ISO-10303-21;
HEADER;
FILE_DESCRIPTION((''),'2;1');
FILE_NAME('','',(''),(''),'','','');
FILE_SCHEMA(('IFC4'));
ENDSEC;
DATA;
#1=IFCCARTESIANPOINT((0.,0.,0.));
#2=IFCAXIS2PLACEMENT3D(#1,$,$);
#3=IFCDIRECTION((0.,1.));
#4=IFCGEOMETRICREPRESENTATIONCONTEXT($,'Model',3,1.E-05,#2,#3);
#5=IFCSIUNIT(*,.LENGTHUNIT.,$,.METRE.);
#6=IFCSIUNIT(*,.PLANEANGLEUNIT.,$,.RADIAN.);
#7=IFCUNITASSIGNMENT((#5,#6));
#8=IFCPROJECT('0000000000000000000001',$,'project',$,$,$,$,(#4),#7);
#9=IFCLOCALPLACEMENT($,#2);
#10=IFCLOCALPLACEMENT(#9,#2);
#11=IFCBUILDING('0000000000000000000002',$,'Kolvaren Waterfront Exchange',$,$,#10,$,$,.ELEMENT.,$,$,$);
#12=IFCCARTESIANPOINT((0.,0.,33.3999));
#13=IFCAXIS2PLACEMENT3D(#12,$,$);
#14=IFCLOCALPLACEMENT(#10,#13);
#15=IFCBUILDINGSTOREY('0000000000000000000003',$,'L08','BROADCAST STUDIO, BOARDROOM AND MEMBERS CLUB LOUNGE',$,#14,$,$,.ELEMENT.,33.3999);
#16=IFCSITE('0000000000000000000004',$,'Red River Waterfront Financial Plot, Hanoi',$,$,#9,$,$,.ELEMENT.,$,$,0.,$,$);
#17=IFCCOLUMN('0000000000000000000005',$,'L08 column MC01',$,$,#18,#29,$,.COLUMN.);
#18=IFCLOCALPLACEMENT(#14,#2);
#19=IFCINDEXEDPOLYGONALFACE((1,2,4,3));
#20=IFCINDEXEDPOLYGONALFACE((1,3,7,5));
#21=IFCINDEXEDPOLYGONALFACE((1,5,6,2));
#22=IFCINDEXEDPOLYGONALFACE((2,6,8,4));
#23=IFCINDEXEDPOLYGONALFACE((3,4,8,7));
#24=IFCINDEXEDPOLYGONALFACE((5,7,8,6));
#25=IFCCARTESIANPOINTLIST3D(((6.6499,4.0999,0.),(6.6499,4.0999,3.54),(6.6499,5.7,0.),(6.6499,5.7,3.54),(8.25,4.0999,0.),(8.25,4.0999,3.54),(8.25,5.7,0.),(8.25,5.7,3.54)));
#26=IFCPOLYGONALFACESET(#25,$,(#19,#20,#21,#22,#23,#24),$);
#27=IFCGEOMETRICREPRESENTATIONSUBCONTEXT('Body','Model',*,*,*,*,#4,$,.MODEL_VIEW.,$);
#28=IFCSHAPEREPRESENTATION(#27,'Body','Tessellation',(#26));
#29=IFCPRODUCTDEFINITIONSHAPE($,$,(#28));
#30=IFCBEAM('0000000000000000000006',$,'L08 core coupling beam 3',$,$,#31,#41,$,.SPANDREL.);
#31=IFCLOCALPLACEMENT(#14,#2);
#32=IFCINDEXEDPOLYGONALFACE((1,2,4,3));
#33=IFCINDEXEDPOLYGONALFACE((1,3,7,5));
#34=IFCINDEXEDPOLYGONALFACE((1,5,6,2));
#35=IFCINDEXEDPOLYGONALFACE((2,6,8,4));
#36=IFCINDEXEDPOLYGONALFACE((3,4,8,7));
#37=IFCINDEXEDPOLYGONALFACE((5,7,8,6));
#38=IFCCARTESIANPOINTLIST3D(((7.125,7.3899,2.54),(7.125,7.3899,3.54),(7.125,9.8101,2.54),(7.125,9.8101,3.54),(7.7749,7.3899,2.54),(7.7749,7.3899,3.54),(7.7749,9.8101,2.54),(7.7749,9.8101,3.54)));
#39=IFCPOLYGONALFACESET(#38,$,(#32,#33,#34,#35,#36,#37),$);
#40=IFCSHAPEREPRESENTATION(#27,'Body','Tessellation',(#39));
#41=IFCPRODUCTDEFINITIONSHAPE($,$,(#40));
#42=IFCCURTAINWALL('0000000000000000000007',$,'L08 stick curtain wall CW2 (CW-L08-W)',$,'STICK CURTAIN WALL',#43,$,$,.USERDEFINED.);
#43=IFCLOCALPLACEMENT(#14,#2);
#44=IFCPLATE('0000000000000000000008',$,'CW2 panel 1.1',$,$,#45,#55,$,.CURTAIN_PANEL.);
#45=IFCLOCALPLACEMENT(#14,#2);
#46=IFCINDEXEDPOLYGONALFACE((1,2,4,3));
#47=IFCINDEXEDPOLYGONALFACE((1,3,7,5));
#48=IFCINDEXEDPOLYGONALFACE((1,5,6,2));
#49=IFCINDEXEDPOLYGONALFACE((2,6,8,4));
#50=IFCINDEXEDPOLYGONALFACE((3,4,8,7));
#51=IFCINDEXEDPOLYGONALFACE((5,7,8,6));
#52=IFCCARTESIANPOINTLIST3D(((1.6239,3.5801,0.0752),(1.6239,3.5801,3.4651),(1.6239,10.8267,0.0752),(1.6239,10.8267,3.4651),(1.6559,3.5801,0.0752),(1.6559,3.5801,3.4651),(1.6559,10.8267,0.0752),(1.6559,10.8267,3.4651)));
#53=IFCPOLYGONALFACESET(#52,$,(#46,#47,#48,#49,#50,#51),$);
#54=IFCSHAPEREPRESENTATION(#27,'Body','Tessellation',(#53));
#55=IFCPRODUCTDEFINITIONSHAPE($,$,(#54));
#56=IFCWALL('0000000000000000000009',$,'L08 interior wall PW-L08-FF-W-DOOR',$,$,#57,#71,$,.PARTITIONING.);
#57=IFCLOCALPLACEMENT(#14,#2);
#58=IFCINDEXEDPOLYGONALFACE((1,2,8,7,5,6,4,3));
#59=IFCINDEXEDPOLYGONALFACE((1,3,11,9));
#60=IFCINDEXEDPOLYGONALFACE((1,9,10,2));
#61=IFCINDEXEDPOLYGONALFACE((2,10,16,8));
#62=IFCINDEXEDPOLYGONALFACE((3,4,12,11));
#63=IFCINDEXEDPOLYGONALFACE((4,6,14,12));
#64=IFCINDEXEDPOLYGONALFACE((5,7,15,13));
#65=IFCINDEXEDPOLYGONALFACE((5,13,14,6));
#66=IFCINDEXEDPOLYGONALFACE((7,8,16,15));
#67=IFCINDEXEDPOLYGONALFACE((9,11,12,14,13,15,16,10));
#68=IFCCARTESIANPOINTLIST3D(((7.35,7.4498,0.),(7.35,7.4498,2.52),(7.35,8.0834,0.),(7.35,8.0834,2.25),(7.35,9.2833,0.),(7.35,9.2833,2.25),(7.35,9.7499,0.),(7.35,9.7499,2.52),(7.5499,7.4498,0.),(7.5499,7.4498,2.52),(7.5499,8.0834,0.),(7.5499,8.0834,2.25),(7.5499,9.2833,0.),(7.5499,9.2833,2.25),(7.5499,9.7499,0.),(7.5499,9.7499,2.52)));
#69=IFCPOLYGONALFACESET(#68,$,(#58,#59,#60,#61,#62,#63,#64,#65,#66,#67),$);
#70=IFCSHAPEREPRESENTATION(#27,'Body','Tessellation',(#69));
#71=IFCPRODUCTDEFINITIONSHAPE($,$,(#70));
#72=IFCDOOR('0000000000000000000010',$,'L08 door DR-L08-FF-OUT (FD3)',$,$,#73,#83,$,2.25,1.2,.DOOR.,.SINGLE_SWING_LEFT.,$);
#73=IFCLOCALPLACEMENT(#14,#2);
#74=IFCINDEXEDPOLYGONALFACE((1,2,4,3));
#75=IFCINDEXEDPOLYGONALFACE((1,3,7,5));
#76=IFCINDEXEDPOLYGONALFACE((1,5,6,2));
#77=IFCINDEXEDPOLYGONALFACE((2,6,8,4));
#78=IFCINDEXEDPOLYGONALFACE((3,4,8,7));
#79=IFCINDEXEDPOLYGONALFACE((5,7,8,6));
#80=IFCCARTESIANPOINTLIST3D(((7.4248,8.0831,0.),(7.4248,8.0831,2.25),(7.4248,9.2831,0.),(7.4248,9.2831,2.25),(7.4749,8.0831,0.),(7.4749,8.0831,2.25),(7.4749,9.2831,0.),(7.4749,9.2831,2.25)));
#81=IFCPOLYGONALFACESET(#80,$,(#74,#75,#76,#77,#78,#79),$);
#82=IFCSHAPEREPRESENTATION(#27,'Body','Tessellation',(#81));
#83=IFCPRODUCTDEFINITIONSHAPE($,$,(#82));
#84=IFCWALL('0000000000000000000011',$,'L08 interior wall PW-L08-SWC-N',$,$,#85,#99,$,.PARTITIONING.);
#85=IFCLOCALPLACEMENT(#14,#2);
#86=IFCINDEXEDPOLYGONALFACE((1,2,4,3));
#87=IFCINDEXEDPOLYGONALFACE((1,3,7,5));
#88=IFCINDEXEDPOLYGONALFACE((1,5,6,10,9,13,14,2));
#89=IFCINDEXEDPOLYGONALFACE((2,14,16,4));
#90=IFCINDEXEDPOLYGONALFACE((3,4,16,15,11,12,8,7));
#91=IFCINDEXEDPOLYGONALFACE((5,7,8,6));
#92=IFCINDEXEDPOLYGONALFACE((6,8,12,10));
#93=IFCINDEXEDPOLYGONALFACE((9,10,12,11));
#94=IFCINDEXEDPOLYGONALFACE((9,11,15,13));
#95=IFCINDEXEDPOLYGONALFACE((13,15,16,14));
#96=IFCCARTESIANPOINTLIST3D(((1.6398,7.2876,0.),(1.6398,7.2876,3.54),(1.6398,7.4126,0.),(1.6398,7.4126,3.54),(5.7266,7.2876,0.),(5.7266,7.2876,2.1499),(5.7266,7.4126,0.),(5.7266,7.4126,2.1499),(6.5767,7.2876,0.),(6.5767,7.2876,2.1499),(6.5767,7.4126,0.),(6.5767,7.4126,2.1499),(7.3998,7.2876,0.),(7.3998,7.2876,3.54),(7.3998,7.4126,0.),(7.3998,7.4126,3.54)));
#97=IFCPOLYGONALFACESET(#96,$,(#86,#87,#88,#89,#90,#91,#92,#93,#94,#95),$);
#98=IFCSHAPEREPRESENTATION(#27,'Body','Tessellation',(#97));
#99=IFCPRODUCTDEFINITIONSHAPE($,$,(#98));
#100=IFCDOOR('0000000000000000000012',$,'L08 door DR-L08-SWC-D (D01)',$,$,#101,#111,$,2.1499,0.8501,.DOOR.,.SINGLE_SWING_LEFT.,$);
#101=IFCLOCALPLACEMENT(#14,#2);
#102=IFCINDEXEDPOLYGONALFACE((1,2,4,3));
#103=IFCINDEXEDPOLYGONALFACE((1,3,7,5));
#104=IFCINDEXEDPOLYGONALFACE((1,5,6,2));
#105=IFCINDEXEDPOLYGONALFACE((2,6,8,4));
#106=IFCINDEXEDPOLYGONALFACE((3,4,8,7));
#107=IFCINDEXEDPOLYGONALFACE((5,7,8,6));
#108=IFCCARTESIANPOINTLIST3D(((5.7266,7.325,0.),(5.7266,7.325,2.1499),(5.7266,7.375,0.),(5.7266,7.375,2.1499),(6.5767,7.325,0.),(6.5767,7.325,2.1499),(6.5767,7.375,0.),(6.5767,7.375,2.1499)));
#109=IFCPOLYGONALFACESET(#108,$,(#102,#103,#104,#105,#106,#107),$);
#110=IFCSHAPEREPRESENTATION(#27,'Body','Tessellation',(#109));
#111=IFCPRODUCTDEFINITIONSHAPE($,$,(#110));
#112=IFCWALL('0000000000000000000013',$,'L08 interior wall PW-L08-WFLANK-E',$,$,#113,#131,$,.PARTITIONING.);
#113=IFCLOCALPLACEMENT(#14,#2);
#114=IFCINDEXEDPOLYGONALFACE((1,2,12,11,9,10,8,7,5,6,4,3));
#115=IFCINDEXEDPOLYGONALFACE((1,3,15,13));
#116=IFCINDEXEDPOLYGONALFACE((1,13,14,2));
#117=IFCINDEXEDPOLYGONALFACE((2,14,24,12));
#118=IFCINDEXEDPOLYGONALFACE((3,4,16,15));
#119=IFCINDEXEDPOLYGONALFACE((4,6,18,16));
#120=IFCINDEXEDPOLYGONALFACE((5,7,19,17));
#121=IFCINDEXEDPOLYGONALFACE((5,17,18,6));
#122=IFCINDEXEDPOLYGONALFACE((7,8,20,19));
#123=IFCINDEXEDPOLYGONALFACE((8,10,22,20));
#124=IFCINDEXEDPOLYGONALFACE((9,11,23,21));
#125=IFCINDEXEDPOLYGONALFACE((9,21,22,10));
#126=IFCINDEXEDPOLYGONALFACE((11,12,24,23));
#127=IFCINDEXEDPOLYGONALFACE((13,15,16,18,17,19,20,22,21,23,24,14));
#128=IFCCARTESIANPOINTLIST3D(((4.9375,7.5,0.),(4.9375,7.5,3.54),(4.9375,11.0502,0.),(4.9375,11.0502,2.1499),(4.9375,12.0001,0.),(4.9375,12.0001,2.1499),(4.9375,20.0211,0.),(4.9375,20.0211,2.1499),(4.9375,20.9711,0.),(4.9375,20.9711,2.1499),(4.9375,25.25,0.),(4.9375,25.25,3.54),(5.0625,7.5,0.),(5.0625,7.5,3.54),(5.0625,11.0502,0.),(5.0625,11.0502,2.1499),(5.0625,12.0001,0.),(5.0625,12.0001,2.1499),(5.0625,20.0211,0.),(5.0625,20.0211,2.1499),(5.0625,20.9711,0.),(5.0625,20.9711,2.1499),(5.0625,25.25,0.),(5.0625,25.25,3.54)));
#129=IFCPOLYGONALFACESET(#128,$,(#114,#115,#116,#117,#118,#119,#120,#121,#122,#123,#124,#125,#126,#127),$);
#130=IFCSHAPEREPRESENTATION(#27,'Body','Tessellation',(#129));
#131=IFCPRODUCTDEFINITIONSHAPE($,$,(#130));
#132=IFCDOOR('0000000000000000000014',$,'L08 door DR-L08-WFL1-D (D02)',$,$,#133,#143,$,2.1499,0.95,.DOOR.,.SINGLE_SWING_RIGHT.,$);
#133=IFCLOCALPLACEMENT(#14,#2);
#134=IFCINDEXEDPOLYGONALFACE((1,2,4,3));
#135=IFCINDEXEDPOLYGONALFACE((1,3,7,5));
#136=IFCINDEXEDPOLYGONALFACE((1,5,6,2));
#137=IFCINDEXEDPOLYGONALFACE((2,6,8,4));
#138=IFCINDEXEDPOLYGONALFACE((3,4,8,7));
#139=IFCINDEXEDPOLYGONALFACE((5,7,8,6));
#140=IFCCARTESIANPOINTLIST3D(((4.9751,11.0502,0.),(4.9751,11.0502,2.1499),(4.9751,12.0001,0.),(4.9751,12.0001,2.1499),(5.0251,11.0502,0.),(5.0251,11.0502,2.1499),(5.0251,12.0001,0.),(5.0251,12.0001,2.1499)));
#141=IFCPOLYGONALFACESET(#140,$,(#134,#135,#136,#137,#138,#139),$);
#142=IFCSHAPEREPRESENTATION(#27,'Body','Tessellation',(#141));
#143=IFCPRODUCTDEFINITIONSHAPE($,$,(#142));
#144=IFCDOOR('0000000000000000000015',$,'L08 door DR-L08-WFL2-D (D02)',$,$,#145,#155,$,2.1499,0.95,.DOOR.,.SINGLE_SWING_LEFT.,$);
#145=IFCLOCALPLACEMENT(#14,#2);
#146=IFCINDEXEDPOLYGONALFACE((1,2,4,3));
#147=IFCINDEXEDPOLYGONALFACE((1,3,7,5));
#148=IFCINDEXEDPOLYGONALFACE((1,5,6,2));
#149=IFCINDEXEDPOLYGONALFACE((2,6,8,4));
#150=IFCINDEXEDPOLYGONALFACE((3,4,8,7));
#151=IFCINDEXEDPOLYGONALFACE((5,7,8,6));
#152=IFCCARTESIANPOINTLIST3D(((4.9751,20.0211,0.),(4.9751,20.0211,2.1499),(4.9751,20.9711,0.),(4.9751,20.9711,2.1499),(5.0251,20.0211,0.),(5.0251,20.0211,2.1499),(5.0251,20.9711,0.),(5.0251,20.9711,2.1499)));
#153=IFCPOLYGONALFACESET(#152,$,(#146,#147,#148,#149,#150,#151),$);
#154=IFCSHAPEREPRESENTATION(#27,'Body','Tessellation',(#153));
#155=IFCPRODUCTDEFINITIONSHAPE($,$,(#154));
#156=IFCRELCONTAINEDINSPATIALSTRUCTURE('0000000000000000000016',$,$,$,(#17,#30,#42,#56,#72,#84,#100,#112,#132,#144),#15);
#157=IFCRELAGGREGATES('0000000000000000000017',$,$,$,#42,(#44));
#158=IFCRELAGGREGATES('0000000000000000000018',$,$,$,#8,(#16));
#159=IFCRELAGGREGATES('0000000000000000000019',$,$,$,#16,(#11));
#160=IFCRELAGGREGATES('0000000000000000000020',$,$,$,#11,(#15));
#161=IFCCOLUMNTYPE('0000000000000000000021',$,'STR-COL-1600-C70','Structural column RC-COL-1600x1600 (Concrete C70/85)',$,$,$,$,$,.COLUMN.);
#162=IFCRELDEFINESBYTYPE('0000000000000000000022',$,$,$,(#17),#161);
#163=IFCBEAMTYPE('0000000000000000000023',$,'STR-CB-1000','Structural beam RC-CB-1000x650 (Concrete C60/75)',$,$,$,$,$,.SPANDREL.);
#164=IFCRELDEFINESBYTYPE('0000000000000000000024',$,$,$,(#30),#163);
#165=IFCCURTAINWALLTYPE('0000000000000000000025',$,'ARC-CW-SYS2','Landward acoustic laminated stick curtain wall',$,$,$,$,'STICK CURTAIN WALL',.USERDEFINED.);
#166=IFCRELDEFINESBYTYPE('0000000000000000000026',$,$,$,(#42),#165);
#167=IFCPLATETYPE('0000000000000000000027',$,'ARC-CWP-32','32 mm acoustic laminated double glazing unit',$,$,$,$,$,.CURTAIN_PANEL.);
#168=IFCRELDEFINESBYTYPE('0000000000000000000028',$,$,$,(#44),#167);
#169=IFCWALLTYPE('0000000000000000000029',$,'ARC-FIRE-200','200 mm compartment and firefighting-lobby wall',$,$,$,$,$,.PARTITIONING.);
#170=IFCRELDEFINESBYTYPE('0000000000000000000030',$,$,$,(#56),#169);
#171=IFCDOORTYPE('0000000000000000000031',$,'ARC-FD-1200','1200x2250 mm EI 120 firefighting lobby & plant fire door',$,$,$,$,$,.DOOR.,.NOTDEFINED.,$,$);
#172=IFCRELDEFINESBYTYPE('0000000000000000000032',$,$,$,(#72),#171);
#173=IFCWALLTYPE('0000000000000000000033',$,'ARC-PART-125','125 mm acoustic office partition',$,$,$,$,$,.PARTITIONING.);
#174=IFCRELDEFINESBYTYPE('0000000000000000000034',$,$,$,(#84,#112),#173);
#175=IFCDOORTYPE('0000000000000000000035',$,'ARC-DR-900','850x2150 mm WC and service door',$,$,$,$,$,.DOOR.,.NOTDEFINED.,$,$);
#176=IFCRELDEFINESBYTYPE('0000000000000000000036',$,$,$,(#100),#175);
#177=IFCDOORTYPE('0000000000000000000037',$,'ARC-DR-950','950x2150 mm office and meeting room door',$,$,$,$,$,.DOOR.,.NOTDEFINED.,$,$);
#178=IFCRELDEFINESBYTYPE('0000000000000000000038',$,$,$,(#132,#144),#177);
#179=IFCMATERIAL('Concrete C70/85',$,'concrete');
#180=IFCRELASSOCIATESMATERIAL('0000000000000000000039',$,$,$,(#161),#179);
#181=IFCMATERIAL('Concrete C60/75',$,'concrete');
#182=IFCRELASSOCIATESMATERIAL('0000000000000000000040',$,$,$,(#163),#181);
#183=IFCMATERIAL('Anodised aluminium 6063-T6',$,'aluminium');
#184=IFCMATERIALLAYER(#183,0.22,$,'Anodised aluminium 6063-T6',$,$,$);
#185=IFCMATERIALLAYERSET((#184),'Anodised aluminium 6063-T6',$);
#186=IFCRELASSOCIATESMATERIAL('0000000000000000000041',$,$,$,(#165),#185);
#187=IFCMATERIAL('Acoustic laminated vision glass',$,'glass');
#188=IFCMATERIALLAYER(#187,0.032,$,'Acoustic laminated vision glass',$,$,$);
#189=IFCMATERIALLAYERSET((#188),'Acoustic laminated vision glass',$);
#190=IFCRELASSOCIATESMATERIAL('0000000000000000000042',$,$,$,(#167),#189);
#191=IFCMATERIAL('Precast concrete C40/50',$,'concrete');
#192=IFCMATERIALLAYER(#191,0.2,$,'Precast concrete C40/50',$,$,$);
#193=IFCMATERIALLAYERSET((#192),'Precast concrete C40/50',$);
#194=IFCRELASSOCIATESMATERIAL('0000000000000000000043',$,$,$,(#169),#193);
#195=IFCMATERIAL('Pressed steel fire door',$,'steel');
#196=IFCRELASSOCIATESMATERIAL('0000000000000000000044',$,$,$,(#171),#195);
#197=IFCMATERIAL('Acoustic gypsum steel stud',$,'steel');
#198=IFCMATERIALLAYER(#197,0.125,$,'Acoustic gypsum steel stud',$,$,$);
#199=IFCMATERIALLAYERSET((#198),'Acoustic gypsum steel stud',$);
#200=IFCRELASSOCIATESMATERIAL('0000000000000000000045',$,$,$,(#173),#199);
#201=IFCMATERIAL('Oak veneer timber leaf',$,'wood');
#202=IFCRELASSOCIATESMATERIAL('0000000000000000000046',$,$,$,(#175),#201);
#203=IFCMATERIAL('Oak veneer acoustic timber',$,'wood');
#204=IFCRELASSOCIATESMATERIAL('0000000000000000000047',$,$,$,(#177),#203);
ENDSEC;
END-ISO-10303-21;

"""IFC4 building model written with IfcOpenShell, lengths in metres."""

from ifc_helpers import new_model, si_unit, direction, frame, frame_2d, origin, origin_with_axes, origin_2d, place, context, subcontext, project, spatial, rectangle, extrude, source, transform, mapped, material, layer, layer_set, material_profile, profile_set, type_object, element, fill, aggregate, save


model = new_model("IFC4")

# Units and contexts
model_context = context("Model", 3, precision=1e-05, world=origin(), true_north=direction((0.0, 1.0)))
body_context = subcontext(model_context, "Body", "Model", "MODEL_VIEW")
ifc_project = project(units=[si_unit("LENGTHUNIT", "METRE"), si_unit("PLANEANGLEUNIT", "RADIAN")], contexts=[model_context])

# Site, building, storey
site_placement = place(None, origin())
site = spatial("IfcSite", under=ifc_project, at=site_placement, Name="Red River Waterfront Financial Plot, Hanoi", CompositionType="ELEMENT", RefElevation=0.0)
building_placement = place(site_placement, origin())
building = spatial("IfcBuilding", under=site, at=building_placement, Name="Kolvaren Waterfront Exchange", CompositionType="ELEMENT")
storey_placement = place(building_placement, frame((0.0, 0.0, 33.3999)))
storey = spatial("IfcBuildingStorey", under=building, at=storey_placement, Name="L08", Description="BROADCAST STUDIO, BOARDROOM AND MEMBERS CLUB LOUNGE", CompositionType="ELEMENT", Elevation=33.3999)

# Column
ifc_material_1 = material(Name="Concrete C70/85", Category="concrete")
ifc_material_profile_1 = material_profile(ifc_material_1, rectangle(XDim=1.6001, YDim=1.6001, at=origin_2d()), Name="RC-COL-1600x1600")
ifc_profile_set_1 = profile_set([ifc_material_profile_1], Name="Concrete C70/85")
column_type = type_object("IfcColumnType", Name="STR-COL-1600-C70", Description="Structural column RC-COL-1600x1600 (Concrete C70/85)", PredefinedType="COLUMN", material=ifc_profile_set_1)
column_placement = place(storey_placement, frame((7.45, 4.8999, 0.0), z_axis=(0.0, 0.0, 1.0), x_axis=(1.0, 0.0, 0.0)))
element("IfcColumn", 1, at=column_placement, inside=storey, type_object=column_type, Name="L08 column MC01", PredefinedType="COLUMN", context=body_context, shape_type="SweptSolid", body=[
    extrude(rectangle(XDim=1.6001, YDim=1.6001, at=origin_2d()), origin(), (0.0, 0.0, 1.0), 3.54),
])

# Beam
ifc_material_2 = material(Name="Concrete C60/75", Category="concrete")
ifc_material_profile_2 = material_profile(ifc_material_2, rectangle(XDim=0.6499, YDim=1.0, at=origin_2d()), Name="RC-CB-1000x650")
ifc_profile_set_2 = profile_set([ifc_material_profile_2], Name="Concrete C60/75")
beam_type = type_object("IfcBeamType", Name="STR-CB-1000", Description="Structural beam RC-CB-1000x650 (Concrete C60/75)", PredefinedType="SPANDREL", material=ifc_profile_set_2)
beam_placement = place(storey_placement, frame((7.45, 7.3899, 3.04), z_axis=(0.0, 1.0, 0.0), x_axis=(-1.0, 0.0, 0.0)))
element("IfcBeam", 2, at=beam_placement, inside=storey, type_object=beam_type, Name="L08 core coupling beam 3", PredefinedType="SPANDREL", context=body_context, shape_type="SweptSolid", body=[
    extrude(rectangle(XDim=0.6499, YDim=1.0, at=origin_2d()), origin(), (0.0, 0.0, 1.0), 2.4202),
])

# Curtain wall, plate
ifc_material_3 = material(Name="Anodised aluminium 6063-T6", Category="aluminium")
ifc_layer_1 = layer(ifc_material_3, 0.22, Name="Anodised aluminium 6063-T6")
ifc_layer_set_1 = layer_set([ifc_layer_1], Name="Anodised aluminium 6063-T6")
curtain_wall_type = type_object("IfcCurtainWallType", Name="ARC-CW-SYS2", Description="Landward acoustic laminated stick curtain wall", ElementType="STICK CURTAIN WALL", PredefinedType="USERDEFINED", material=ifc_layer_set_1)
curtain_wall_placement = place(storey_placement, origin())
curtain_wall = element("IfcCurtainWall", 3, at=curtain_wall_placement, inside=storey, type_object=curtain_wall_type, Name="L08 stick curtain wall CW2 (CW-L08-W)", ObjectType="STICK CURTAIN WALL", PredefinedType="USERDEFINED")
ifc_material_4 = material(Name="Acoustic laminated vision glass", Category="glass")
ifc_layer_2 = layer(ifc_material_4, 0.032, Name="Acoustic laminated vision glass")
ifc_layer_set_2 = layer_set([ifc_layer_2], Name="Acoustic laminated vision glass")
plate_type = type_object("IfcPlateType", Name="ARC-CWP-32", Description="32 mm acoustic laminated double glazing unit", PredefinedType="CURTAIN_PANEL", material=ifc_layer_set_2)
shared_shape = source(origin_with_axes(), body_context, "Body", "SweptSolid", [
    extrude(rectangle(XDim=7.2466, YDim=0.032, at=origin_2d()), origin(), (0.0, 0.0, 1.0), 3.3899),
])
plate_placement = place(storey_placement, frame((1.6399, 7.2034, 0.0752), z_axis=(0.0, 0.0, 1.0), x_axis=(0.0, 1.0, 0.0)))
plate = element("IfcPlate", 4, at=plate_placement, type_object=plate_type, Name="CW2 panel 1.1", PredefinedType="CURTAIN_PANEL", context=body_context, shape_type="MappedRepresentation", body=[
    mapped(shared_shape, transform((0.0, 0.0, 0.0), x_axis=(1.0, 0.0, 0.0), y_axis=(0.0, 1.0, 0.0), z_axis=(0.0, 0.0, 1.0), scale=1.0)),
])
aggregate(curtain_wall, [plate])

# Walls, openings, doors
ifc_material_5 = material(Name="Precast concrete C40/50", Category="concrete")
ifc_layer_3 = layer(ifc_material_5, 0.2, Name="Precast concrete C40/50")
ifc_layer_set_3 = layer_set([ifc_layer_3], Name="Precast concrete C40/50")
wall_type_1 = type_object("IfcWallType", Name="ARC-FIRE-200", Description="200 mm compartment and firefighting-lobby wall", PredefinedType="PARTITIONING", material=ifc_layer_set_3)
wall_1_placement = place(storey_placement, frame((7.45, 7.45, 0.0), z_axis=(0.0, 0.0, 1.0), x_axis=(0.0, 1.0, 0.0)))
wall_1 = element("IfcWall", 5, at=wall_1_placement, inside=storey, type_object=wall_type_1, Name="L08 interior wall PW-L08-FF-W-DOOR", PredefinedType="PARTITIONING", context=body_context, shape_type="SweptSolid", body=[
    extrude(rectangle(XDim=2.3, YDim=0.2, at=frame_2d((1.1499, 0.0))), origin(), (0.0, 0.0, 1.0), 2.52),
])
opening_1_placement = place(wall_1_placement, frame((0.6333, 0.0, 0.0)))
opening_1 = element("IfcOpeningElement", 6, at=opening_1_placement, cuts=wall_1, PredefinedType="OPENING", context=body_context, shape_type="SweptSolid", body=[
    extrude(rectangle(XDim=1.2, YDim=2.25, at=frame_2d((0.6001, 1.125))), frame((0.0, 0.1099, 0.0), z_axis=(0.0, -1.0, 0.0), x_axis=(1.0, 0.0, 0.0)), (0.0, 0.0, 1.0), 0.22),
])
ifc_material_6 = material(Name="Pressed steel fire door", Category="steel")
door_type_1 = type_object("IfcDoorType", Name="ARC-FD-1200", Description="1200x2250 mm EI 120 firefighting lobby & plant fire door", OperationType="NOTDEFINED", PredefinedType="DOOR", material=ifc_material_6)
door_1_placement = place(opening_1_placement, frame((1.2, 0.0, 0.0), z_axis=(0.0, 0.0, 1.0), x_axis=(-1.0, 0.0, 0.0)))
door_1 = element("IfcDoor", 7, at=door_1_placement, inside=storey, type_object=door_type_1, Name="L08 door DR-L08-FF-OUT (FD3)", OperationType="SINGLE_SWING_LEFT", OverallHeight=2.25, OverallWidth=1.2, PredefinedType="DOOR", context=body_context, shape_type="SweptSolid", body=[
    extrude(rectangle(XDim=1.2, YDim=2.25, at=frame_2d((0.6001, 1.125))), frame((0.0, 0.0249, 0.0), z_axis=(0.0, -1.0, 0.0), x_axis=(1.0, 0.0, 0.0)), (0.0, 0.0, 1.0), 0.05),
])
fill(opening_1, door_1)
ifc_material_7 = material(Name="Acoustic gypsum steel stud", Category="steel")
ifc_layer_4 = layer(ifc_material_7, 0.125, Name="Acoustic gypsum steel stud")
ifc_layer_set_4 = layer_set([ifc_layer_4], Name="Acoustic gypsum steel stud")
wall_type_2 = type_object("IfcWallType", Name="ARC-PART-125", Description="125 mm acoustic office partition", PredefinedType="PARTITIONING", material=ifc_layer_set_4)
wall_2_placement = place(storey_placement, frame((1.6399, 7.3501, 0.0), z_axis=(0.0, 0.0, 1.0), x_axis=(1.0, 0.0, 0.0)))
wall_2 = element("IfcWall", 8, at=wall_2_placement, inside=storey, type_object=wall_type_2, Name="L08 interior wall PW-L08-SWC-N", PredefinedType="PARTITIONING", context=body_context, shape_type="SweptSolid", body=[
    extrude(rectangle(XDim=5.76, YDim=0.125, at=frame_2d((2.8799, 0.0))), origin(), (0.0, 0.0, 1.0), 3.54),
])
opening_2_placement = place(wall_2_placement, frame((4.0867, 0.0, 0.0)))
opening_2 = element("IfcOpeningElement", 9, at=opening_2_placement, cuts=wall_2, PredefinedType="OPENING", context=body_context, shape_type="SweptSolid", body=[
    extrude(rectangle(XDim=0.8501, YDim=2.1499, at=frame_2d((0.425, 1.075))), frame((0.0, 0.0725, 0.0), z_axis=(0.0, -1.0, 0.0), x_axis=(1.0, 0.0, 0.0)), (0.0, 0.0, 1.0), 0.145),
])
ifc_material_8 = material(Name="Oak veneer timber leaf", Category="wood")
door_type_2 = type_object("IfcDoorType", Name="ARC-DR-900", Description="850x2150 mm WC and service door", OperationType="NOTDEFINED", PredefinedType="DOOR", material=ifc_material_8)
door_2_placement = place(opening_2_placement, origin())
door_2 = element("IfcDoor", 10, at=door_2_placement, inside=storey, type_object=door_type_2, Name="L08 door DR-L08-SWC-D (D01)", OperationType="SINGLE_SWING_LEFT", OverallHeight=2.1499, OverallWidth=0.8501, PredefinedType="DOOR", context=body_context, shape_type="SweptSolid", body=[
    extrude(rectangle(XDim=0.8501, YDim=2.1499, at=frame_2d((0.425, 1.075))), frame((0.0, 0.0249, 0.0), z_axis=(0.0, -1.0, 0.0), x_axis=(1.0, 0.0, 0.0)), (0.0, 0.0, 1.0), 0.05),
])
fill(opening_2, door_2)

# Wall, openings, doors
wall_3_placement = place(storey_placement, frame((5.0, 7.5, 0.0), z_axis=(0.0, 0.0, 1.0), x_axis=(0.0, 1.0, 0.0)))
wall_3 = element("IfcWall", 11, at=wall_3_placement, inside=storey, type_object=wall_type_2, Name="L08 interior wall PW-L08-WFLANK-E", PredefinedType="PARTITIONING", context=body_context, shape_type="SweptSolid", body=[
    extrude(rectangle(XDim=17.75, YDim=0.125, at=frame_2d((8.875, 0.0))), origin(), (0.0, 0.0, 1.0), 3.54),
])
opening_3_placement = place(wall_3_placement, frame((3.55, 0.0, 0.0)))
opening_3 = element("IfcOpeningElement", 12, at=opening_3_placement, cuts=wall_3, PredefinedType="OPENING", context=body_context, shape_type="SweptSolid", body=[
    extrude(rectangle(XDim=0.95, YDim=2.1499, at=frame_2d((0.4751, 1.075))), frame((0.0, 0.0725, 0.0), z_axis=(0.0, -1.0, 0.0), x_axis=(1.0, 0.0, 0.0)), (0.0, 0.0, 1.0), 0.145),
])
opening_4_placement = place(wall_3_placement, frame((12.521, 0.0, 0.0)))
opening_4 = element("IfcOpeningElement", 13, at=opening_4_placement, cuts=wall_3, PredefinedType="OPENING", context=body_context, shape_type="SweptSolid", body=[
    extrude(rectangle(XDim=0.95, YDim=2.1499, at=frame_2d((0.4751, 1.075))), frame((0.0, 0.0725, 0.0), z_axis=(0.0, -1.0, 0.0), x_axis=(1.0, 0.0, 0.0)), (0.0, 0.0, 1.0), 0.145),
])
ifc_material_9 = material(Name="Oak veneer acoustic timber", Category="wood")
door_type_3 = type_object("IfcDoorType", Name="ARC-DR-950", Description="950x2150 mm office and meeting room door", OperationType="NOTDEFINED", PredefinedType="DOOR", material=ifc_material_9)
door_3_placement = place(opening_3_placement, origin())
door_3 = element("IfcDoor", 14, at=door_3_placement, inside=storey, type_object=door_type_3, Name="L08 door DR-L08-WFL1-D (D02)", OperationType="SINGLE_SWING_RIGHT", OverallHeight=2.1499, OverallWidth=0.95, PredefinedType="DOOR", context=body_context, shape_type="SweptSolid", body=[
    extrude(rectangle(XDim=0.95, YDim=2.1499, at=frame_2d((0.4751, 1.075))), frame((0.0, 0.0249, 0.0), z_axis=(0.0, -1.0, 0.0), x_axis=(1.0, 0.0, 0.0)), (0.0, 0.0, 1.0), 0.05),
])
fill(opening_3, door_3)
door_4_placement = place(opening_4_placement, origin())
door_4 = element("IfcDoor", 15, at=door_4_placement, inside=storey, type_object=door_type_3, Name="L08 door DR-L08-WFL2-D (D02)", OperationType="SINGLE_SWING_LEFT", OverallHeight=2.1499, OverallWidth=0.95, PredefinedType="DOOR", context=body_context, shape_type="SweptSolid", body=[
    extrude(rectangle(XDim=0.95, YDim=2.1499, at=frame_2d((0.4751, 1.075))), frame((0.0, 0.0249, 0.0), z_axis=(0.0, -1.0, 0.0), x_axis=(1.0, 0.0, 0.0)), (0.0, 0.0, 1.0), 0.05),
])
fill(opening_4, door_4)

save(model, "model.ifc")
